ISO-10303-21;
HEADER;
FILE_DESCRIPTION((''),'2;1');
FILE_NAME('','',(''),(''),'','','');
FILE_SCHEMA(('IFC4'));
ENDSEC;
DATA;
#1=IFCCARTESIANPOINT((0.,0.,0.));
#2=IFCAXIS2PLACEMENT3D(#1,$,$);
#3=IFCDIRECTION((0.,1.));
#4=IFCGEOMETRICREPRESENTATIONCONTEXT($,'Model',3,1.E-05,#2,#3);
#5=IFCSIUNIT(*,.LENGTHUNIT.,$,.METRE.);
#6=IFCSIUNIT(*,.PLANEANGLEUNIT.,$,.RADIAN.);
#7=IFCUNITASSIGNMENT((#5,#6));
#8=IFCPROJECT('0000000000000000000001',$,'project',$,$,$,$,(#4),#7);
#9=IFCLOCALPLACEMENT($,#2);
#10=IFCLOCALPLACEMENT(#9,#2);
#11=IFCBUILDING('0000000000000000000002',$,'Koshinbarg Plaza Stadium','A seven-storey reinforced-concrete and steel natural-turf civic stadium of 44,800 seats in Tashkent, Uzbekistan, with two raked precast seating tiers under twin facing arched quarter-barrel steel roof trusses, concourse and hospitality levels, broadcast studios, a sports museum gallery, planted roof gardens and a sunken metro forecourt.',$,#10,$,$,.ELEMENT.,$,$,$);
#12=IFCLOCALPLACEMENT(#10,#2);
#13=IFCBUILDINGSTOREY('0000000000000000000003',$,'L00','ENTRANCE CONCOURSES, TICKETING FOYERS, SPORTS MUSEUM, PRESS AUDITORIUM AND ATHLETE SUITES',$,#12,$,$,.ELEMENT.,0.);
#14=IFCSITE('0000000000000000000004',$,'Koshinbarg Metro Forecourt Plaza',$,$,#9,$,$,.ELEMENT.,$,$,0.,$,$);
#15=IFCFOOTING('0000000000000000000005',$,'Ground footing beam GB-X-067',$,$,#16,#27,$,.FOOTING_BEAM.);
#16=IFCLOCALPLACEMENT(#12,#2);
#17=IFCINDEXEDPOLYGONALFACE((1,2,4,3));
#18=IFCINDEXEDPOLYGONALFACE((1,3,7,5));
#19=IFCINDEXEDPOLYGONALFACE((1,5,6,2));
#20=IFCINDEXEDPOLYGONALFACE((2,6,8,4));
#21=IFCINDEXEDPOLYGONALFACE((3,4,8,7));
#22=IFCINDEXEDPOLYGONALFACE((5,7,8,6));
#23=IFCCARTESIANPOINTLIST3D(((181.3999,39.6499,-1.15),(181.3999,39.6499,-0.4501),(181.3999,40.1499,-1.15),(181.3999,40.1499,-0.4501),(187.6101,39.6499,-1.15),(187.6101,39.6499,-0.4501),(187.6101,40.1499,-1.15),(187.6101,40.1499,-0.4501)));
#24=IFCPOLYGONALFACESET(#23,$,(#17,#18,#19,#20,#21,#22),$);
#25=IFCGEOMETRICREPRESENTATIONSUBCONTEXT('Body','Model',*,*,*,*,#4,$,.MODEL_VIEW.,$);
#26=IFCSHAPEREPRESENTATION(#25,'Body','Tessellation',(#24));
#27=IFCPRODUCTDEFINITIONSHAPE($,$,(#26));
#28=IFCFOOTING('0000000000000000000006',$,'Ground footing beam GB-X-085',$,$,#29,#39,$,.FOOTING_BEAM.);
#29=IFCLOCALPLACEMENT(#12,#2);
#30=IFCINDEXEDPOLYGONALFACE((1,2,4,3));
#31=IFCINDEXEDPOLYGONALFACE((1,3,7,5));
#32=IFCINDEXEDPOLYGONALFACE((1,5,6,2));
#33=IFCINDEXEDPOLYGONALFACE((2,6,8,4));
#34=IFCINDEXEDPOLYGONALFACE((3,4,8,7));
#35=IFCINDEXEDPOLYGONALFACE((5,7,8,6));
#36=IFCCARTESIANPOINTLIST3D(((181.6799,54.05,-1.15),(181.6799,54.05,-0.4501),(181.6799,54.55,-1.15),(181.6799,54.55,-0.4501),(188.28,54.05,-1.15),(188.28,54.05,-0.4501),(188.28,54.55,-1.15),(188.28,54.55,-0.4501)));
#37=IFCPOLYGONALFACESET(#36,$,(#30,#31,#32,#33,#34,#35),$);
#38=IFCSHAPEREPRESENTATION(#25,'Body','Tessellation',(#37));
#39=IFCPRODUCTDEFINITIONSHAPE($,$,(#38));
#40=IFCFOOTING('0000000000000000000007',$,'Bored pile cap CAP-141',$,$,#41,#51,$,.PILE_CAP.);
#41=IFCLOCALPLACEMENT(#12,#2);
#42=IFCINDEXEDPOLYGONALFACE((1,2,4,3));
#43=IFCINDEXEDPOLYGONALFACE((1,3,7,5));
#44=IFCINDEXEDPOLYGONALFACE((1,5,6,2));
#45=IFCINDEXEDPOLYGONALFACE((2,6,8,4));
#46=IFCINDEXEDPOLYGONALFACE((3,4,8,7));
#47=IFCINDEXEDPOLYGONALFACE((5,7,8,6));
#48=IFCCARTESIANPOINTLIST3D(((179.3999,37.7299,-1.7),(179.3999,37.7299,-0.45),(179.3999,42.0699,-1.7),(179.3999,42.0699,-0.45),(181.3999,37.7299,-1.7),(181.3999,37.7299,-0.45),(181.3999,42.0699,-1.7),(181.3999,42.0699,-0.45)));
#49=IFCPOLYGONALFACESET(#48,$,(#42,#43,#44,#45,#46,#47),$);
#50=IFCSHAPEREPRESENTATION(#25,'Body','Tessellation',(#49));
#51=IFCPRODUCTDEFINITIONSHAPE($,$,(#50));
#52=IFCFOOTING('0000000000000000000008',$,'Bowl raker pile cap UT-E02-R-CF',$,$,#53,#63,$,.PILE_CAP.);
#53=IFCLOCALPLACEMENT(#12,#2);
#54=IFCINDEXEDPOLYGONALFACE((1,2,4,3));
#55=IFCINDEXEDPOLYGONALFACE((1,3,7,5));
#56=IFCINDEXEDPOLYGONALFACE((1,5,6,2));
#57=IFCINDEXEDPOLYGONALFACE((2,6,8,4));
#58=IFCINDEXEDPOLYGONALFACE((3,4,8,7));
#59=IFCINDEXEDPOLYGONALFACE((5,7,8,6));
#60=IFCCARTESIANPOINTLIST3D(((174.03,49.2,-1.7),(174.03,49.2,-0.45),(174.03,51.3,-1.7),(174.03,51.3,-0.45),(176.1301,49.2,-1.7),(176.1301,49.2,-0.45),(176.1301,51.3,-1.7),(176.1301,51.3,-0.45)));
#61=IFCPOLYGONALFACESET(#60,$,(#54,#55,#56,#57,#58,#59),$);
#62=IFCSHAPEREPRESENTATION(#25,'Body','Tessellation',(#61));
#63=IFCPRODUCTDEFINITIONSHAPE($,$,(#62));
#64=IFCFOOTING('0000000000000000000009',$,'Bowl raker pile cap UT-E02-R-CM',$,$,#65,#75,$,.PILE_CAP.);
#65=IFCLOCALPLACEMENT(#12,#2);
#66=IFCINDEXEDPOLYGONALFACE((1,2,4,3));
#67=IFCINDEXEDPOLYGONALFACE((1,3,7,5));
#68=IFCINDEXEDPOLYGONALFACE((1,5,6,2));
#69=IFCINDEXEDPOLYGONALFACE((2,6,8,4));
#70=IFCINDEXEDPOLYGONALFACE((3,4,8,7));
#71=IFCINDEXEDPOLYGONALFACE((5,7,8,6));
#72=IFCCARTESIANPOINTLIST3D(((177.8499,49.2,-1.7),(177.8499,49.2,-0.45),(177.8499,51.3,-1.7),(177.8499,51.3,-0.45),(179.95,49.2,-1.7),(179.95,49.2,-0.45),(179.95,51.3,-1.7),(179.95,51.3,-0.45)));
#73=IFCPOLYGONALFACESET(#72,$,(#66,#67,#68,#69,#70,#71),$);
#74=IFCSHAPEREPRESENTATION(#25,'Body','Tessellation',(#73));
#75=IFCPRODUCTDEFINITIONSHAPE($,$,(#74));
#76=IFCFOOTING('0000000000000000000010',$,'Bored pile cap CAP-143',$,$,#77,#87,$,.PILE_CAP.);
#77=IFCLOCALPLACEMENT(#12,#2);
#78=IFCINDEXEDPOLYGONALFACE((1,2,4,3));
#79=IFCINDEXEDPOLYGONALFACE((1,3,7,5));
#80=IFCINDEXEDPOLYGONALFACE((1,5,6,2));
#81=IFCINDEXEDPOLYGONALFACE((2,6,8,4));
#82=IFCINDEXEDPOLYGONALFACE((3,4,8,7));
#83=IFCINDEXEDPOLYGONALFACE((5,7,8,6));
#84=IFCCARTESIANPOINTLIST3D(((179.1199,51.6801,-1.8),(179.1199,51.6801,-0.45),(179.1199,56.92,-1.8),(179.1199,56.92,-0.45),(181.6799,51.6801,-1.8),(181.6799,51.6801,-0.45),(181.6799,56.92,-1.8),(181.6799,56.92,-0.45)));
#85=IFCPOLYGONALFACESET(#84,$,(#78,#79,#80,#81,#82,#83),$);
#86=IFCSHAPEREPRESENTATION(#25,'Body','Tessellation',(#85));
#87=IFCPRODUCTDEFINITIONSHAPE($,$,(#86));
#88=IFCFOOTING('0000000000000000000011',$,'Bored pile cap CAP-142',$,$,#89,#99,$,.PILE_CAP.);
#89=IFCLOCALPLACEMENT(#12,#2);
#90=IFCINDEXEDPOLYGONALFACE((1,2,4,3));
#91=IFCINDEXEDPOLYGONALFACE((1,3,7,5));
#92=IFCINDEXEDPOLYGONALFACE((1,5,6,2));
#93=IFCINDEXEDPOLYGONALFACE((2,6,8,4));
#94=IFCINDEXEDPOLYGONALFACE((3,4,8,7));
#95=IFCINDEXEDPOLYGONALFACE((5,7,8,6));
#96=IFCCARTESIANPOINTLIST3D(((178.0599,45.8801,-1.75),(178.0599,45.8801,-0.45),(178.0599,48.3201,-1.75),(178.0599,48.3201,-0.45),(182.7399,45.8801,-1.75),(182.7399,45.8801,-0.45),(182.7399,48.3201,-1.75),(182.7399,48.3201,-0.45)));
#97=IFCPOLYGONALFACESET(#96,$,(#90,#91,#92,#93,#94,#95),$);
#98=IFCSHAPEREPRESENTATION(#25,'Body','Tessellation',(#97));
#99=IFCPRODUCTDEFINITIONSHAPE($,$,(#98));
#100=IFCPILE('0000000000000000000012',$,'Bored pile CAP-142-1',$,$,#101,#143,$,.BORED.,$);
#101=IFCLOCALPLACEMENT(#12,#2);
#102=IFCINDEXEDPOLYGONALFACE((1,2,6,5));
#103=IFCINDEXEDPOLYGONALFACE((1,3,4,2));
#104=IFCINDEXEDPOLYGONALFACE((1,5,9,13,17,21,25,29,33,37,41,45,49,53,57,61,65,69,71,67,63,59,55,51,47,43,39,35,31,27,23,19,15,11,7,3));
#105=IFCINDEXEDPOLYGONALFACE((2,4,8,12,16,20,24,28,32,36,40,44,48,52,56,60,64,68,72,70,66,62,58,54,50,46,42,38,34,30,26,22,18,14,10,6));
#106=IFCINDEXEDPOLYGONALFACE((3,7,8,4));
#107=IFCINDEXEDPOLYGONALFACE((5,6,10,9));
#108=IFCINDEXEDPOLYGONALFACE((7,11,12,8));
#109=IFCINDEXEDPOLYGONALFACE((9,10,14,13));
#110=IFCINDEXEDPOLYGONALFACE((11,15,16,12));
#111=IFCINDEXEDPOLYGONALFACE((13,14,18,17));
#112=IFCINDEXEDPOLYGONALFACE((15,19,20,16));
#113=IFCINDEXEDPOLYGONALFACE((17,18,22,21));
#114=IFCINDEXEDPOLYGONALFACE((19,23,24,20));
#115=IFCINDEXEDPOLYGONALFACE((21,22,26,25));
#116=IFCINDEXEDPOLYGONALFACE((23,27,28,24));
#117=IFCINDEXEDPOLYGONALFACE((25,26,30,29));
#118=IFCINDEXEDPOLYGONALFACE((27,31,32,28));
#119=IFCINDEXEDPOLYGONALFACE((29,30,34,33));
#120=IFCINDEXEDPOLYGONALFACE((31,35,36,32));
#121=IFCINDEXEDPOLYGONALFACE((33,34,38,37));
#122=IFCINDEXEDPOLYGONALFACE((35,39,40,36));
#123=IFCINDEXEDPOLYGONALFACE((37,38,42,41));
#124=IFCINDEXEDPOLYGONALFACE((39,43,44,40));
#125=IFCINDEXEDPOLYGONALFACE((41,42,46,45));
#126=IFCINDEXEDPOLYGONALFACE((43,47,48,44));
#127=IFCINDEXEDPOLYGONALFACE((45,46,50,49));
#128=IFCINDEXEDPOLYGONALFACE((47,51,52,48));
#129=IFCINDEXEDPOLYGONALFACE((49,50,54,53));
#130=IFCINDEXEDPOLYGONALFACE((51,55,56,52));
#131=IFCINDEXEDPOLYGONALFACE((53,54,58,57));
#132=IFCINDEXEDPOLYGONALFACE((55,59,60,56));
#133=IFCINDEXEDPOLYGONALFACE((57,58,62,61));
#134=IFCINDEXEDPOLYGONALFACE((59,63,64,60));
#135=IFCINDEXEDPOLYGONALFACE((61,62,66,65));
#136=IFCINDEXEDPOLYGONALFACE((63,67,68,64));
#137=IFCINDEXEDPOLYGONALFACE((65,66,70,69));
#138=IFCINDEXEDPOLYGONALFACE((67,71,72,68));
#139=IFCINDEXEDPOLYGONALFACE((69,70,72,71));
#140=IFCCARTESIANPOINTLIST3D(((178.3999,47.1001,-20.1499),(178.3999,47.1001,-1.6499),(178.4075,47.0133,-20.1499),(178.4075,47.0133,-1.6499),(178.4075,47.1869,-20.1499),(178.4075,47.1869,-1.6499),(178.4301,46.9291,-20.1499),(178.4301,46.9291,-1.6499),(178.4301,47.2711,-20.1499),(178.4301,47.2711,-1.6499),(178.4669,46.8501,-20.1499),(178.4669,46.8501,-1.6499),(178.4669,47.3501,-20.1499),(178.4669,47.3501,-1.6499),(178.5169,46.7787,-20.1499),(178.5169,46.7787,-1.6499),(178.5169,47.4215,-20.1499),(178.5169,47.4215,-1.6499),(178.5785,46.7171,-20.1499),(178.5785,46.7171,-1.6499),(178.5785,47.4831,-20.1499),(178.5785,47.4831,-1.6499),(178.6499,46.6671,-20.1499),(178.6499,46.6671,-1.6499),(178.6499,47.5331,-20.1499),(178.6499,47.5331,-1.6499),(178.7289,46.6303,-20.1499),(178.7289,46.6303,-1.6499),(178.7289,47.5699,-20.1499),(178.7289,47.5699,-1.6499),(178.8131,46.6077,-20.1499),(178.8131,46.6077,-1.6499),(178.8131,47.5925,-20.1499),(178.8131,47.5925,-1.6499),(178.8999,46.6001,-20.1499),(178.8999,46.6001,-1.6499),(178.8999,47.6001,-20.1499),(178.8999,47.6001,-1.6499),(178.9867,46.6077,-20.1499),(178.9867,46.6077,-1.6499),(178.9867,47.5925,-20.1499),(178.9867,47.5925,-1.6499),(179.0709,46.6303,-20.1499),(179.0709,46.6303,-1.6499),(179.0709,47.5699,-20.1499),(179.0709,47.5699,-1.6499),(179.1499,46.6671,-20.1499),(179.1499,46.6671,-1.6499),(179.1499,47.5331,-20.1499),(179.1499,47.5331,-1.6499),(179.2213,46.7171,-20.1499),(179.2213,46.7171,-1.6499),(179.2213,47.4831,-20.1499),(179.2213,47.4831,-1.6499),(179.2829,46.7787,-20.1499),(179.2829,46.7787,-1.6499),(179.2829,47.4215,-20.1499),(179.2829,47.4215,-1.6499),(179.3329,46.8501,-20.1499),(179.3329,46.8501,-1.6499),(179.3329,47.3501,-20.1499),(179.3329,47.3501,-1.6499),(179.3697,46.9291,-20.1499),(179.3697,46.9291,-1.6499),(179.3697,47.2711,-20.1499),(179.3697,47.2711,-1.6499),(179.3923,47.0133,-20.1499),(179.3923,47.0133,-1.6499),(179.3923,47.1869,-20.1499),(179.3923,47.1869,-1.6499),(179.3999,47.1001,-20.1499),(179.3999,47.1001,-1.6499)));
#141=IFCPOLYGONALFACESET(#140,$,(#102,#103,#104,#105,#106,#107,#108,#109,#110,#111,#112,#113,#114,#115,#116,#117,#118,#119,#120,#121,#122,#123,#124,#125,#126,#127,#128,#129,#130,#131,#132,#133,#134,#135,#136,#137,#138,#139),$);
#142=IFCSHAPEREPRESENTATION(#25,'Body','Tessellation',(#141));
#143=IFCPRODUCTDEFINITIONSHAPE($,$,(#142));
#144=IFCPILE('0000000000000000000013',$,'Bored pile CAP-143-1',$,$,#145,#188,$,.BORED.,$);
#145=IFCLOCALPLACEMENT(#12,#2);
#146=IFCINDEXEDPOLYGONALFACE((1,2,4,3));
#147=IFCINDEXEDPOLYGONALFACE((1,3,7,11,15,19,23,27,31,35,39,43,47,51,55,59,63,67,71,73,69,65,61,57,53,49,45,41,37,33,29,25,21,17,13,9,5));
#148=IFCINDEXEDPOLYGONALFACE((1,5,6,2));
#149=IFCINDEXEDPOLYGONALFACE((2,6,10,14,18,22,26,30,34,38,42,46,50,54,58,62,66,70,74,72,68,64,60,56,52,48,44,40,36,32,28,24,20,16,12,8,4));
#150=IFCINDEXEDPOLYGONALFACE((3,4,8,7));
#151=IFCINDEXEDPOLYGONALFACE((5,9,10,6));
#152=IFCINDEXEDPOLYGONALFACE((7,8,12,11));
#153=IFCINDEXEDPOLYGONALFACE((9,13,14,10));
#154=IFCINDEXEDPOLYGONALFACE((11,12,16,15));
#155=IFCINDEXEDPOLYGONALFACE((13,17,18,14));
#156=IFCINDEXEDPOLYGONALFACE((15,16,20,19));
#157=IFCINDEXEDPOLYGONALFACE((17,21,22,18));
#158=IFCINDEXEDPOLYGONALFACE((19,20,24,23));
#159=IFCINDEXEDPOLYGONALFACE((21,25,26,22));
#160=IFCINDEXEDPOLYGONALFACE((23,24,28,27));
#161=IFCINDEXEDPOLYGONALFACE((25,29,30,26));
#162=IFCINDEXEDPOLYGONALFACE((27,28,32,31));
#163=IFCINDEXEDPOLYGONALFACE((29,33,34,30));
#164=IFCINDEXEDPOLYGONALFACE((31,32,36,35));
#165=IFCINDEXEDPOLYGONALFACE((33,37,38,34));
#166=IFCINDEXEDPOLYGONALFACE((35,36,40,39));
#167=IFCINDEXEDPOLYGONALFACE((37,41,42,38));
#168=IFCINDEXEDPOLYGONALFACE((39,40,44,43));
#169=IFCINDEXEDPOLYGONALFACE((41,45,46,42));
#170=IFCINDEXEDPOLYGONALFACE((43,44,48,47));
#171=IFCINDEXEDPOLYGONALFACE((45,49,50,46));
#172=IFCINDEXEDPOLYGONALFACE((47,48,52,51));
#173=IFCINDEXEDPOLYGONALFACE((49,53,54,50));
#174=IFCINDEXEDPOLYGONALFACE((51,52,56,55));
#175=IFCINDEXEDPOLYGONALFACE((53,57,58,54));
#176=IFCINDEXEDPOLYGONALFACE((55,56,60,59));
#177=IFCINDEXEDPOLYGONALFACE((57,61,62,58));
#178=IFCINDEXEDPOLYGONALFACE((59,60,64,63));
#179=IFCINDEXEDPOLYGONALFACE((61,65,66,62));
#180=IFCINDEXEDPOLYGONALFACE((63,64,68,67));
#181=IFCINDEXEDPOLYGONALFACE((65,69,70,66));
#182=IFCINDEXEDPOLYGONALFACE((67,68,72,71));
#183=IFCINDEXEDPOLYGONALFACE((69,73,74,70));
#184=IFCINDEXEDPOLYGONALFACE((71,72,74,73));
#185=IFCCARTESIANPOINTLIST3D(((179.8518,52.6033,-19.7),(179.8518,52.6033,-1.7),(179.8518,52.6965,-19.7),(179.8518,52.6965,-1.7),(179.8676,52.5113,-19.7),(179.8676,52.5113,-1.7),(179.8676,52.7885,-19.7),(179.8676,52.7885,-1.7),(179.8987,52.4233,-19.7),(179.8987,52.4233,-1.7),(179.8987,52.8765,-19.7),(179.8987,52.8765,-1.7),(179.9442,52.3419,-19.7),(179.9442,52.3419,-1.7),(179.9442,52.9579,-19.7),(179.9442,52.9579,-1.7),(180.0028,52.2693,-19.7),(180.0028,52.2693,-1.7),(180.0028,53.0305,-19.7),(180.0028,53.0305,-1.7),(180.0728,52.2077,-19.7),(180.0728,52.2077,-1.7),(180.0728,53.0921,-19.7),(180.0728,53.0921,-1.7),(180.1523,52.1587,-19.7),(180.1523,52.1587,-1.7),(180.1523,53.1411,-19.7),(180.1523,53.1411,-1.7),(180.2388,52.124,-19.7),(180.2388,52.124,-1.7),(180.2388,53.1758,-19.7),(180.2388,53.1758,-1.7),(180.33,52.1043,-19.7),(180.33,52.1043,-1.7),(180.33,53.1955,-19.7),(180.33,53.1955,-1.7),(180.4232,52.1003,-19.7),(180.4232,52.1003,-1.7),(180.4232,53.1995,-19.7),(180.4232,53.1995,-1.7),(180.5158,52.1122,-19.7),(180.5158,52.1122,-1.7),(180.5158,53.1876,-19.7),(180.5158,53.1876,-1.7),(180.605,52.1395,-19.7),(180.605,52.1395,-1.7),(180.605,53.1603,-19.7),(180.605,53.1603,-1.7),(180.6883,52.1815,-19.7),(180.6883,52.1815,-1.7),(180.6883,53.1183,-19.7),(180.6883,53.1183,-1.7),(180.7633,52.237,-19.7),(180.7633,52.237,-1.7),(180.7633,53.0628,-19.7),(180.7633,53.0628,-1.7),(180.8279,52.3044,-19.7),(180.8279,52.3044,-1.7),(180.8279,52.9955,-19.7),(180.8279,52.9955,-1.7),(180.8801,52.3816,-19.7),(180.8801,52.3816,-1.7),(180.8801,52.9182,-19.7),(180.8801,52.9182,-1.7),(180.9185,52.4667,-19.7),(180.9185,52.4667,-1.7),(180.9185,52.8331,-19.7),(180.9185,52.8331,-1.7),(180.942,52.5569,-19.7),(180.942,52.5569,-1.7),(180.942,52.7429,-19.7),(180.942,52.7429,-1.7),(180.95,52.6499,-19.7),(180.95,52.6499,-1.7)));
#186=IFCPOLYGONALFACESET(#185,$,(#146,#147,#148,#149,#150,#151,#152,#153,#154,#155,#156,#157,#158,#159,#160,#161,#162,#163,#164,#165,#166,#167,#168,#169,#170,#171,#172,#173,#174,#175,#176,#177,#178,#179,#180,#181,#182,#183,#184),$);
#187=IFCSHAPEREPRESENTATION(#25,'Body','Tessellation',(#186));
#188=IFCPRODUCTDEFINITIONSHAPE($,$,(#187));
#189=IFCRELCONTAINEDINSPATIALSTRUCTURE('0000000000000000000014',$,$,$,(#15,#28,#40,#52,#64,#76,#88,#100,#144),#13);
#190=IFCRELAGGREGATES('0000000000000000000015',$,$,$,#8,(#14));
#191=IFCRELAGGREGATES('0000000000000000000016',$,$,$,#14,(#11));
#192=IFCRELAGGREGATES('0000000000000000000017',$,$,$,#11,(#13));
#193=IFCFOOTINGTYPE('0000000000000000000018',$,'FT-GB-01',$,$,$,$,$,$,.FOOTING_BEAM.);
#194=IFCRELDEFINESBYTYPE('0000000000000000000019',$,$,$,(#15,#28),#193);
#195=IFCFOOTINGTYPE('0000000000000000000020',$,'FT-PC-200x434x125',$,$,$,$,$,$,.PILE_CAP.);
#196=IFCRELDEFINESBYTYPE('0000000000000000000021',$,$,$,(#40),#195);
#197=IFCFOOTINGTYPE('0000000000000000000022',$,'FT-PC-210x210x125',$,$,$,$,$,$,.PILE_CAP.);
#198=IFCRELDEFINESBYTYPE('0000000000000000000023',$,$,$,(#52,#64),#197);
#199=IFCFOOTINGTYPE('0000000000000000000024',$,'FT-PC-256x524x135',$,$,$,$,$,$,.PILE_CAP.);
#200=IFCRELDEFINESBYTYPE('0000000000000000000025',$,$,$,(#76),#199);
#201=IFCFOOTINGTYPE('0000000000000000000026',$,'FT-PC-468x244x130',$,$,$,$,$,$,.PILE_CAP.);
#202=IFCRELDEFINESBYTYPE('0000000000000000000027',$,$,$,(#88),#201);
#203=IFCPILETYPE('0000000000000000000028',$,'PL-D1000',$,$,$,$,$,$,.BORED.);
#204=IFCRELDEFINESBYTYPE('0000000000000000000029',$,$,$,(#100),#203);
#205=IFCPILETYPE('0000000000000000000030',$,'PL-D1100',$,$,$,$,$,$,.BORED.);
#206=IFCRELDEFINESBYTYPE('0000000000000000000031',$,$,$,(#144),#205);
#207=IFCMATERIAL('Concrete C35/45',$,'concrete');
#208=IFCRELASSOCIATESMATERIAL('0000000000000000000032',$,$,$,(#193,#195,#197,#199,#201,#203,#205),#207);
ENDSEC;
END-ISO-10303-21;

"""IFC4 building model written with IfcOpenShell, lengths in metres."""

from ifc_helpers import new_model, si_unit, direction, frame, origin, origin_2d, place, context, subcontext, project, spatial, rectangle, circle, extrude, material, material_profile, profile_set, type_object, element, save


model = new_model("IFC4")

# Units and contexts
model_context = context("Model", 3, precision=1e-05, world=origin(), true_north=direction((0.0, 1.0)))
body_context = subcontext(model_context, "Body", "Model", "MODEL_VIEW")
ifc_project = project(units=[si_unit("LENGTHUNIT", "METRE"), si_unit("PLANEANGLEUNIT", "RADIAN")], contexts=[model_context])

# Site, building, storey
site_placement = place(None, origin())
site = spatial("IfcSite", under=ifc_project, at=site_placement, Name="Koshinbarg Metro Forecourt Plaza", CompositionType="ELEMENT", RefElevation=0.0)
building_placement = place(site_placement, origin())
building = spatial("IfcBuilding", under=site, at=building_placement, Name="Koshinbarg Plaza Stadium", Description="A seven-storey reinforced-concrete and steel natural-turf civic stadium of 44,800 seats in Tashkent, Uzbekistan, with two raked precast seating tiers under twin facing arched quarter-barrel steel roof trusses, concourse and hospitality levels, broadcast studios, a sports museum gallery, planted roof gardens and a sunken metro forecourt.", CompositionType="ELEMENT")
storey_placement = place(building_placement, origin())
storey = spatial("IfcBuildingStorey", under=building, at=storey_placement, Name="L00", Description="ENTRANCE CONCOURSES, TICKETING FOYERS, SPORTS MUSEUM, PRESS AUDITORIUM AND ATHLETE SUITES", CompositionType="ELEMENT", Elevation=0.0)

# Footings
ifc_material_1 = material(Name="Concrete C35/45", Category="concrete")
ifc_material_profile_1 = material_profile(ifc_material_1, rectangle(XDim=0.5, YDim=0.7, at=origin_2d()), Name="GB 500x700")
ifc_profile_set_1 = profile_set([ifc_material_profile_1], Name="Concrete C35/45")
footing_type_1 = type_object("IfcFootingType", Name="FT-GB-01", PredefinedType="FOOTING_BEAM", material=ifc_profile_set_1)
footing_1_placement = place(storey_placement, frame((181.3999, 39.8999, -0.8), z_axis=(1.0, 0.0, 0.0), x_axis=(0.0, 1.0, 0.0)))
element("IfcFooting", 1, at=footing_1_placement, inside=storey, type_object=footing_type_1, Name="Ground footing beam GB-X-067", PredefinedType="FOOTING_BEAM", context=body_context, shape_type="SweptSolid", body=[
    extrude(rectangle(XDim=0.5, YDim=0.7, at=origin_2d()), origin(), (0.0, 0.0, 1.0), 6.2102),
])
footing_2_placement = place(storey_placement, frame((181.6799, 54.3, -0.8), z_axis=(1.0, 0.0, 0.0), x_axis=(0.0, 1.0, 0.0)))
element("IfcFooting", 2, at=footing_2_placement, inside=storey, type_object=footing_type_1, Name="Ground footing beam GB-X-085", PredefinedType="FOOTING_BEAM", context=body_context, shape_type="SweptSolid", body=[
    extrude(rectangle(XDim=0.5, YDim=0.7, at=origin_2d()), origin(), (0.0, 0.0, 1.0), 6.6001),
])
footing_type_2 = type_object("IfcFootingType", Name="FT-PC-200x434x125", PredefinedType="PILE_CAP", material=ifc_material_1)
footing_3_placement = place(storey_placement, frame((180.3999, 39.8999, -1.7), z_axis=(0.0, 0.0, 1.0), x_axis=(1.0, 0.0, 0.0)))
element("IfcFooting", 3, at=footing_3_placement, inside=storey, type_object=footing_type_2, Name="Bored pile cap CAP-141", PredefinedType="PILE_CAP", context=body_context, shape_type="SweptSolid", body=[
    extrude(rectangle(XDim=2.0, YDim=4.3401, at=origin_2d()), origin(), (0.0, 0.0, 1.0), 1.25),
])
footing_type_3 = type_object("IfcFootingType", Name="FT-PC-210x210x125", PredefinedType="PILE_CAP", material=ifc_material_1)
for number, where, z_axis, x_axis, name in (
    (4, (175.0801, 50.25, -1.7), (0.0, 0.0, 1.0), (1.0, 0.0, 0.0), "Bowl raker pile cap UT-E02-R-CF"),
    (5, (178.8999, 50.25, -1.7), (0.0, 0.0, 1.0), (1.0, 0.0, 0.0), "Bowl raker pile cap UT-E02-R-CM"),
):
    element("IfcFooting", number, at=place(storey_placement, frame(where, z_axis=z_axis, x_axis=x_axis)), inside=storey, type_object=footing_type_3, Name=name, PredefinedType="PILE_CAP", context=body_context, shape_type="SweptSolid", body=[
        extrude(rectangle(XDim=2.1001, YDim=2.1001, at=origin_2d()), origin(), (0.0, 0.0, 1.0), 1.25),
    ])
footing_type_4 = type_object("IfcFootingType", Name="FT-PC-256x524x135", PredefinedType="PILE_CAP", material=ifc_material_1)
footing_4_placement = place(storey_placement, frame((180.3999, 54.3, -1.8), z_axis=(0.0, 0.0, 1.0), x_axis=(1.0, 0.0, 0.0)))
element("IfcFooting", 6, at=footing_4_placement, inside=storey, type_object=footing_type_4, Name="Bored pile cap CAP-143", PredefinedType="PILE_CAP", context=body_context, shape_type="SweptSolid", body=[
    extrude(rectangle(XDim=2.5601, YDim=5.24, at=origin_2d()), origin(), (0.0, 0.0, 1.0), 1.3501),
])
footing_type_5 = type_object("IfcFootingType", Name="FT-PC-468x244x130", PredefinedType="PILE_CAP", material=ifc_material_1)
footing_5_placement = place(storey_placement, frame((180.3999, 47.1001, -1.75), z_axis=(0.0, 0.0, 1.0), x_axis=(1.0, 0.0, 0.0)))
element("IfcFooting", 7, at=footing_5_placement, inside=storey, type_object=footing_type_5, Name="Bored pile cap CAP-142", PredefinedType="PILE_CAP", context=body_context, shape_type="SweptSolid", body=[
    extrude(rectangle(XDim=4.6799, YDim=2.4399, at=origin_2d()), origin(), (0.0, 0.0, 1.0), 1.3),
])

# Piles
ifc_material_profile_2 = material_profile(ifc_material_1, circle(Radius=0.5, at=origin_2d()), Name="PILE D1000")
ifc_profile_set_2 = profile_set([ifc_material_profile_2], Name="Concrete C35/45")
pile_type_1 = type_object("IfcPileType", Name="PL-D1000", PredefinedType="BORED", material=ifc_profile_set_2)
pile_placement = place(storey_placement, frame((178.8999, 47.1001, -1.6499), z_axis=(0.0, 0.0, -1.0), x_axis=(1.0, 0.0, 0.0)))
element("IfcPile", 8, at=pile_placement, inside=storey, type_object=pile_type_1, Name="Bored pile CAP-142-1", PredefinedType="BORED", context=body_context, shape_type="SweptSolid", body=[
    extrude(circle(Radius=0.5, at=origin_2d()), origin(), (0.0, 0.0, 1.0), 18.5),
])
ifc_material_profile_3 = material_profile(ifc_material_1, circle(Radius=0.55, at=origin_2d()), Name="PILE D1100")
ifc_profile_set_3 = profile_set([ifc_material_profile_3], Name="Concrete C35/45")
pile_type_2 = type_object("IfcPileType", Name="PL-D1100", PredefinedType="BORED", material=ifc_profile_set_3)
for number, where, z_axis, x_axis, name in (
    (9, (180.3999, 52.6499, -1.7), (0.0, 0.0, -1.0), (1.0, 0.0, 0.0), "Bored pile CAP-143-1"),
):
    element("IfcPile", number, at=place(storey_placement, frame(where, z_axis=z_axis, x_axis=x_axis)), inside=storey, type_object=pile_type_2, Name=name, PredefinedType="BORED", context=body_context, shape_type="SweptSolid", body=[
        extrude(circle(Radius=0.55, at=origin_2d()), origin(), (0.0, 0.0, 1.0), 18.0),
    ])

save(model, "model.ifc")
